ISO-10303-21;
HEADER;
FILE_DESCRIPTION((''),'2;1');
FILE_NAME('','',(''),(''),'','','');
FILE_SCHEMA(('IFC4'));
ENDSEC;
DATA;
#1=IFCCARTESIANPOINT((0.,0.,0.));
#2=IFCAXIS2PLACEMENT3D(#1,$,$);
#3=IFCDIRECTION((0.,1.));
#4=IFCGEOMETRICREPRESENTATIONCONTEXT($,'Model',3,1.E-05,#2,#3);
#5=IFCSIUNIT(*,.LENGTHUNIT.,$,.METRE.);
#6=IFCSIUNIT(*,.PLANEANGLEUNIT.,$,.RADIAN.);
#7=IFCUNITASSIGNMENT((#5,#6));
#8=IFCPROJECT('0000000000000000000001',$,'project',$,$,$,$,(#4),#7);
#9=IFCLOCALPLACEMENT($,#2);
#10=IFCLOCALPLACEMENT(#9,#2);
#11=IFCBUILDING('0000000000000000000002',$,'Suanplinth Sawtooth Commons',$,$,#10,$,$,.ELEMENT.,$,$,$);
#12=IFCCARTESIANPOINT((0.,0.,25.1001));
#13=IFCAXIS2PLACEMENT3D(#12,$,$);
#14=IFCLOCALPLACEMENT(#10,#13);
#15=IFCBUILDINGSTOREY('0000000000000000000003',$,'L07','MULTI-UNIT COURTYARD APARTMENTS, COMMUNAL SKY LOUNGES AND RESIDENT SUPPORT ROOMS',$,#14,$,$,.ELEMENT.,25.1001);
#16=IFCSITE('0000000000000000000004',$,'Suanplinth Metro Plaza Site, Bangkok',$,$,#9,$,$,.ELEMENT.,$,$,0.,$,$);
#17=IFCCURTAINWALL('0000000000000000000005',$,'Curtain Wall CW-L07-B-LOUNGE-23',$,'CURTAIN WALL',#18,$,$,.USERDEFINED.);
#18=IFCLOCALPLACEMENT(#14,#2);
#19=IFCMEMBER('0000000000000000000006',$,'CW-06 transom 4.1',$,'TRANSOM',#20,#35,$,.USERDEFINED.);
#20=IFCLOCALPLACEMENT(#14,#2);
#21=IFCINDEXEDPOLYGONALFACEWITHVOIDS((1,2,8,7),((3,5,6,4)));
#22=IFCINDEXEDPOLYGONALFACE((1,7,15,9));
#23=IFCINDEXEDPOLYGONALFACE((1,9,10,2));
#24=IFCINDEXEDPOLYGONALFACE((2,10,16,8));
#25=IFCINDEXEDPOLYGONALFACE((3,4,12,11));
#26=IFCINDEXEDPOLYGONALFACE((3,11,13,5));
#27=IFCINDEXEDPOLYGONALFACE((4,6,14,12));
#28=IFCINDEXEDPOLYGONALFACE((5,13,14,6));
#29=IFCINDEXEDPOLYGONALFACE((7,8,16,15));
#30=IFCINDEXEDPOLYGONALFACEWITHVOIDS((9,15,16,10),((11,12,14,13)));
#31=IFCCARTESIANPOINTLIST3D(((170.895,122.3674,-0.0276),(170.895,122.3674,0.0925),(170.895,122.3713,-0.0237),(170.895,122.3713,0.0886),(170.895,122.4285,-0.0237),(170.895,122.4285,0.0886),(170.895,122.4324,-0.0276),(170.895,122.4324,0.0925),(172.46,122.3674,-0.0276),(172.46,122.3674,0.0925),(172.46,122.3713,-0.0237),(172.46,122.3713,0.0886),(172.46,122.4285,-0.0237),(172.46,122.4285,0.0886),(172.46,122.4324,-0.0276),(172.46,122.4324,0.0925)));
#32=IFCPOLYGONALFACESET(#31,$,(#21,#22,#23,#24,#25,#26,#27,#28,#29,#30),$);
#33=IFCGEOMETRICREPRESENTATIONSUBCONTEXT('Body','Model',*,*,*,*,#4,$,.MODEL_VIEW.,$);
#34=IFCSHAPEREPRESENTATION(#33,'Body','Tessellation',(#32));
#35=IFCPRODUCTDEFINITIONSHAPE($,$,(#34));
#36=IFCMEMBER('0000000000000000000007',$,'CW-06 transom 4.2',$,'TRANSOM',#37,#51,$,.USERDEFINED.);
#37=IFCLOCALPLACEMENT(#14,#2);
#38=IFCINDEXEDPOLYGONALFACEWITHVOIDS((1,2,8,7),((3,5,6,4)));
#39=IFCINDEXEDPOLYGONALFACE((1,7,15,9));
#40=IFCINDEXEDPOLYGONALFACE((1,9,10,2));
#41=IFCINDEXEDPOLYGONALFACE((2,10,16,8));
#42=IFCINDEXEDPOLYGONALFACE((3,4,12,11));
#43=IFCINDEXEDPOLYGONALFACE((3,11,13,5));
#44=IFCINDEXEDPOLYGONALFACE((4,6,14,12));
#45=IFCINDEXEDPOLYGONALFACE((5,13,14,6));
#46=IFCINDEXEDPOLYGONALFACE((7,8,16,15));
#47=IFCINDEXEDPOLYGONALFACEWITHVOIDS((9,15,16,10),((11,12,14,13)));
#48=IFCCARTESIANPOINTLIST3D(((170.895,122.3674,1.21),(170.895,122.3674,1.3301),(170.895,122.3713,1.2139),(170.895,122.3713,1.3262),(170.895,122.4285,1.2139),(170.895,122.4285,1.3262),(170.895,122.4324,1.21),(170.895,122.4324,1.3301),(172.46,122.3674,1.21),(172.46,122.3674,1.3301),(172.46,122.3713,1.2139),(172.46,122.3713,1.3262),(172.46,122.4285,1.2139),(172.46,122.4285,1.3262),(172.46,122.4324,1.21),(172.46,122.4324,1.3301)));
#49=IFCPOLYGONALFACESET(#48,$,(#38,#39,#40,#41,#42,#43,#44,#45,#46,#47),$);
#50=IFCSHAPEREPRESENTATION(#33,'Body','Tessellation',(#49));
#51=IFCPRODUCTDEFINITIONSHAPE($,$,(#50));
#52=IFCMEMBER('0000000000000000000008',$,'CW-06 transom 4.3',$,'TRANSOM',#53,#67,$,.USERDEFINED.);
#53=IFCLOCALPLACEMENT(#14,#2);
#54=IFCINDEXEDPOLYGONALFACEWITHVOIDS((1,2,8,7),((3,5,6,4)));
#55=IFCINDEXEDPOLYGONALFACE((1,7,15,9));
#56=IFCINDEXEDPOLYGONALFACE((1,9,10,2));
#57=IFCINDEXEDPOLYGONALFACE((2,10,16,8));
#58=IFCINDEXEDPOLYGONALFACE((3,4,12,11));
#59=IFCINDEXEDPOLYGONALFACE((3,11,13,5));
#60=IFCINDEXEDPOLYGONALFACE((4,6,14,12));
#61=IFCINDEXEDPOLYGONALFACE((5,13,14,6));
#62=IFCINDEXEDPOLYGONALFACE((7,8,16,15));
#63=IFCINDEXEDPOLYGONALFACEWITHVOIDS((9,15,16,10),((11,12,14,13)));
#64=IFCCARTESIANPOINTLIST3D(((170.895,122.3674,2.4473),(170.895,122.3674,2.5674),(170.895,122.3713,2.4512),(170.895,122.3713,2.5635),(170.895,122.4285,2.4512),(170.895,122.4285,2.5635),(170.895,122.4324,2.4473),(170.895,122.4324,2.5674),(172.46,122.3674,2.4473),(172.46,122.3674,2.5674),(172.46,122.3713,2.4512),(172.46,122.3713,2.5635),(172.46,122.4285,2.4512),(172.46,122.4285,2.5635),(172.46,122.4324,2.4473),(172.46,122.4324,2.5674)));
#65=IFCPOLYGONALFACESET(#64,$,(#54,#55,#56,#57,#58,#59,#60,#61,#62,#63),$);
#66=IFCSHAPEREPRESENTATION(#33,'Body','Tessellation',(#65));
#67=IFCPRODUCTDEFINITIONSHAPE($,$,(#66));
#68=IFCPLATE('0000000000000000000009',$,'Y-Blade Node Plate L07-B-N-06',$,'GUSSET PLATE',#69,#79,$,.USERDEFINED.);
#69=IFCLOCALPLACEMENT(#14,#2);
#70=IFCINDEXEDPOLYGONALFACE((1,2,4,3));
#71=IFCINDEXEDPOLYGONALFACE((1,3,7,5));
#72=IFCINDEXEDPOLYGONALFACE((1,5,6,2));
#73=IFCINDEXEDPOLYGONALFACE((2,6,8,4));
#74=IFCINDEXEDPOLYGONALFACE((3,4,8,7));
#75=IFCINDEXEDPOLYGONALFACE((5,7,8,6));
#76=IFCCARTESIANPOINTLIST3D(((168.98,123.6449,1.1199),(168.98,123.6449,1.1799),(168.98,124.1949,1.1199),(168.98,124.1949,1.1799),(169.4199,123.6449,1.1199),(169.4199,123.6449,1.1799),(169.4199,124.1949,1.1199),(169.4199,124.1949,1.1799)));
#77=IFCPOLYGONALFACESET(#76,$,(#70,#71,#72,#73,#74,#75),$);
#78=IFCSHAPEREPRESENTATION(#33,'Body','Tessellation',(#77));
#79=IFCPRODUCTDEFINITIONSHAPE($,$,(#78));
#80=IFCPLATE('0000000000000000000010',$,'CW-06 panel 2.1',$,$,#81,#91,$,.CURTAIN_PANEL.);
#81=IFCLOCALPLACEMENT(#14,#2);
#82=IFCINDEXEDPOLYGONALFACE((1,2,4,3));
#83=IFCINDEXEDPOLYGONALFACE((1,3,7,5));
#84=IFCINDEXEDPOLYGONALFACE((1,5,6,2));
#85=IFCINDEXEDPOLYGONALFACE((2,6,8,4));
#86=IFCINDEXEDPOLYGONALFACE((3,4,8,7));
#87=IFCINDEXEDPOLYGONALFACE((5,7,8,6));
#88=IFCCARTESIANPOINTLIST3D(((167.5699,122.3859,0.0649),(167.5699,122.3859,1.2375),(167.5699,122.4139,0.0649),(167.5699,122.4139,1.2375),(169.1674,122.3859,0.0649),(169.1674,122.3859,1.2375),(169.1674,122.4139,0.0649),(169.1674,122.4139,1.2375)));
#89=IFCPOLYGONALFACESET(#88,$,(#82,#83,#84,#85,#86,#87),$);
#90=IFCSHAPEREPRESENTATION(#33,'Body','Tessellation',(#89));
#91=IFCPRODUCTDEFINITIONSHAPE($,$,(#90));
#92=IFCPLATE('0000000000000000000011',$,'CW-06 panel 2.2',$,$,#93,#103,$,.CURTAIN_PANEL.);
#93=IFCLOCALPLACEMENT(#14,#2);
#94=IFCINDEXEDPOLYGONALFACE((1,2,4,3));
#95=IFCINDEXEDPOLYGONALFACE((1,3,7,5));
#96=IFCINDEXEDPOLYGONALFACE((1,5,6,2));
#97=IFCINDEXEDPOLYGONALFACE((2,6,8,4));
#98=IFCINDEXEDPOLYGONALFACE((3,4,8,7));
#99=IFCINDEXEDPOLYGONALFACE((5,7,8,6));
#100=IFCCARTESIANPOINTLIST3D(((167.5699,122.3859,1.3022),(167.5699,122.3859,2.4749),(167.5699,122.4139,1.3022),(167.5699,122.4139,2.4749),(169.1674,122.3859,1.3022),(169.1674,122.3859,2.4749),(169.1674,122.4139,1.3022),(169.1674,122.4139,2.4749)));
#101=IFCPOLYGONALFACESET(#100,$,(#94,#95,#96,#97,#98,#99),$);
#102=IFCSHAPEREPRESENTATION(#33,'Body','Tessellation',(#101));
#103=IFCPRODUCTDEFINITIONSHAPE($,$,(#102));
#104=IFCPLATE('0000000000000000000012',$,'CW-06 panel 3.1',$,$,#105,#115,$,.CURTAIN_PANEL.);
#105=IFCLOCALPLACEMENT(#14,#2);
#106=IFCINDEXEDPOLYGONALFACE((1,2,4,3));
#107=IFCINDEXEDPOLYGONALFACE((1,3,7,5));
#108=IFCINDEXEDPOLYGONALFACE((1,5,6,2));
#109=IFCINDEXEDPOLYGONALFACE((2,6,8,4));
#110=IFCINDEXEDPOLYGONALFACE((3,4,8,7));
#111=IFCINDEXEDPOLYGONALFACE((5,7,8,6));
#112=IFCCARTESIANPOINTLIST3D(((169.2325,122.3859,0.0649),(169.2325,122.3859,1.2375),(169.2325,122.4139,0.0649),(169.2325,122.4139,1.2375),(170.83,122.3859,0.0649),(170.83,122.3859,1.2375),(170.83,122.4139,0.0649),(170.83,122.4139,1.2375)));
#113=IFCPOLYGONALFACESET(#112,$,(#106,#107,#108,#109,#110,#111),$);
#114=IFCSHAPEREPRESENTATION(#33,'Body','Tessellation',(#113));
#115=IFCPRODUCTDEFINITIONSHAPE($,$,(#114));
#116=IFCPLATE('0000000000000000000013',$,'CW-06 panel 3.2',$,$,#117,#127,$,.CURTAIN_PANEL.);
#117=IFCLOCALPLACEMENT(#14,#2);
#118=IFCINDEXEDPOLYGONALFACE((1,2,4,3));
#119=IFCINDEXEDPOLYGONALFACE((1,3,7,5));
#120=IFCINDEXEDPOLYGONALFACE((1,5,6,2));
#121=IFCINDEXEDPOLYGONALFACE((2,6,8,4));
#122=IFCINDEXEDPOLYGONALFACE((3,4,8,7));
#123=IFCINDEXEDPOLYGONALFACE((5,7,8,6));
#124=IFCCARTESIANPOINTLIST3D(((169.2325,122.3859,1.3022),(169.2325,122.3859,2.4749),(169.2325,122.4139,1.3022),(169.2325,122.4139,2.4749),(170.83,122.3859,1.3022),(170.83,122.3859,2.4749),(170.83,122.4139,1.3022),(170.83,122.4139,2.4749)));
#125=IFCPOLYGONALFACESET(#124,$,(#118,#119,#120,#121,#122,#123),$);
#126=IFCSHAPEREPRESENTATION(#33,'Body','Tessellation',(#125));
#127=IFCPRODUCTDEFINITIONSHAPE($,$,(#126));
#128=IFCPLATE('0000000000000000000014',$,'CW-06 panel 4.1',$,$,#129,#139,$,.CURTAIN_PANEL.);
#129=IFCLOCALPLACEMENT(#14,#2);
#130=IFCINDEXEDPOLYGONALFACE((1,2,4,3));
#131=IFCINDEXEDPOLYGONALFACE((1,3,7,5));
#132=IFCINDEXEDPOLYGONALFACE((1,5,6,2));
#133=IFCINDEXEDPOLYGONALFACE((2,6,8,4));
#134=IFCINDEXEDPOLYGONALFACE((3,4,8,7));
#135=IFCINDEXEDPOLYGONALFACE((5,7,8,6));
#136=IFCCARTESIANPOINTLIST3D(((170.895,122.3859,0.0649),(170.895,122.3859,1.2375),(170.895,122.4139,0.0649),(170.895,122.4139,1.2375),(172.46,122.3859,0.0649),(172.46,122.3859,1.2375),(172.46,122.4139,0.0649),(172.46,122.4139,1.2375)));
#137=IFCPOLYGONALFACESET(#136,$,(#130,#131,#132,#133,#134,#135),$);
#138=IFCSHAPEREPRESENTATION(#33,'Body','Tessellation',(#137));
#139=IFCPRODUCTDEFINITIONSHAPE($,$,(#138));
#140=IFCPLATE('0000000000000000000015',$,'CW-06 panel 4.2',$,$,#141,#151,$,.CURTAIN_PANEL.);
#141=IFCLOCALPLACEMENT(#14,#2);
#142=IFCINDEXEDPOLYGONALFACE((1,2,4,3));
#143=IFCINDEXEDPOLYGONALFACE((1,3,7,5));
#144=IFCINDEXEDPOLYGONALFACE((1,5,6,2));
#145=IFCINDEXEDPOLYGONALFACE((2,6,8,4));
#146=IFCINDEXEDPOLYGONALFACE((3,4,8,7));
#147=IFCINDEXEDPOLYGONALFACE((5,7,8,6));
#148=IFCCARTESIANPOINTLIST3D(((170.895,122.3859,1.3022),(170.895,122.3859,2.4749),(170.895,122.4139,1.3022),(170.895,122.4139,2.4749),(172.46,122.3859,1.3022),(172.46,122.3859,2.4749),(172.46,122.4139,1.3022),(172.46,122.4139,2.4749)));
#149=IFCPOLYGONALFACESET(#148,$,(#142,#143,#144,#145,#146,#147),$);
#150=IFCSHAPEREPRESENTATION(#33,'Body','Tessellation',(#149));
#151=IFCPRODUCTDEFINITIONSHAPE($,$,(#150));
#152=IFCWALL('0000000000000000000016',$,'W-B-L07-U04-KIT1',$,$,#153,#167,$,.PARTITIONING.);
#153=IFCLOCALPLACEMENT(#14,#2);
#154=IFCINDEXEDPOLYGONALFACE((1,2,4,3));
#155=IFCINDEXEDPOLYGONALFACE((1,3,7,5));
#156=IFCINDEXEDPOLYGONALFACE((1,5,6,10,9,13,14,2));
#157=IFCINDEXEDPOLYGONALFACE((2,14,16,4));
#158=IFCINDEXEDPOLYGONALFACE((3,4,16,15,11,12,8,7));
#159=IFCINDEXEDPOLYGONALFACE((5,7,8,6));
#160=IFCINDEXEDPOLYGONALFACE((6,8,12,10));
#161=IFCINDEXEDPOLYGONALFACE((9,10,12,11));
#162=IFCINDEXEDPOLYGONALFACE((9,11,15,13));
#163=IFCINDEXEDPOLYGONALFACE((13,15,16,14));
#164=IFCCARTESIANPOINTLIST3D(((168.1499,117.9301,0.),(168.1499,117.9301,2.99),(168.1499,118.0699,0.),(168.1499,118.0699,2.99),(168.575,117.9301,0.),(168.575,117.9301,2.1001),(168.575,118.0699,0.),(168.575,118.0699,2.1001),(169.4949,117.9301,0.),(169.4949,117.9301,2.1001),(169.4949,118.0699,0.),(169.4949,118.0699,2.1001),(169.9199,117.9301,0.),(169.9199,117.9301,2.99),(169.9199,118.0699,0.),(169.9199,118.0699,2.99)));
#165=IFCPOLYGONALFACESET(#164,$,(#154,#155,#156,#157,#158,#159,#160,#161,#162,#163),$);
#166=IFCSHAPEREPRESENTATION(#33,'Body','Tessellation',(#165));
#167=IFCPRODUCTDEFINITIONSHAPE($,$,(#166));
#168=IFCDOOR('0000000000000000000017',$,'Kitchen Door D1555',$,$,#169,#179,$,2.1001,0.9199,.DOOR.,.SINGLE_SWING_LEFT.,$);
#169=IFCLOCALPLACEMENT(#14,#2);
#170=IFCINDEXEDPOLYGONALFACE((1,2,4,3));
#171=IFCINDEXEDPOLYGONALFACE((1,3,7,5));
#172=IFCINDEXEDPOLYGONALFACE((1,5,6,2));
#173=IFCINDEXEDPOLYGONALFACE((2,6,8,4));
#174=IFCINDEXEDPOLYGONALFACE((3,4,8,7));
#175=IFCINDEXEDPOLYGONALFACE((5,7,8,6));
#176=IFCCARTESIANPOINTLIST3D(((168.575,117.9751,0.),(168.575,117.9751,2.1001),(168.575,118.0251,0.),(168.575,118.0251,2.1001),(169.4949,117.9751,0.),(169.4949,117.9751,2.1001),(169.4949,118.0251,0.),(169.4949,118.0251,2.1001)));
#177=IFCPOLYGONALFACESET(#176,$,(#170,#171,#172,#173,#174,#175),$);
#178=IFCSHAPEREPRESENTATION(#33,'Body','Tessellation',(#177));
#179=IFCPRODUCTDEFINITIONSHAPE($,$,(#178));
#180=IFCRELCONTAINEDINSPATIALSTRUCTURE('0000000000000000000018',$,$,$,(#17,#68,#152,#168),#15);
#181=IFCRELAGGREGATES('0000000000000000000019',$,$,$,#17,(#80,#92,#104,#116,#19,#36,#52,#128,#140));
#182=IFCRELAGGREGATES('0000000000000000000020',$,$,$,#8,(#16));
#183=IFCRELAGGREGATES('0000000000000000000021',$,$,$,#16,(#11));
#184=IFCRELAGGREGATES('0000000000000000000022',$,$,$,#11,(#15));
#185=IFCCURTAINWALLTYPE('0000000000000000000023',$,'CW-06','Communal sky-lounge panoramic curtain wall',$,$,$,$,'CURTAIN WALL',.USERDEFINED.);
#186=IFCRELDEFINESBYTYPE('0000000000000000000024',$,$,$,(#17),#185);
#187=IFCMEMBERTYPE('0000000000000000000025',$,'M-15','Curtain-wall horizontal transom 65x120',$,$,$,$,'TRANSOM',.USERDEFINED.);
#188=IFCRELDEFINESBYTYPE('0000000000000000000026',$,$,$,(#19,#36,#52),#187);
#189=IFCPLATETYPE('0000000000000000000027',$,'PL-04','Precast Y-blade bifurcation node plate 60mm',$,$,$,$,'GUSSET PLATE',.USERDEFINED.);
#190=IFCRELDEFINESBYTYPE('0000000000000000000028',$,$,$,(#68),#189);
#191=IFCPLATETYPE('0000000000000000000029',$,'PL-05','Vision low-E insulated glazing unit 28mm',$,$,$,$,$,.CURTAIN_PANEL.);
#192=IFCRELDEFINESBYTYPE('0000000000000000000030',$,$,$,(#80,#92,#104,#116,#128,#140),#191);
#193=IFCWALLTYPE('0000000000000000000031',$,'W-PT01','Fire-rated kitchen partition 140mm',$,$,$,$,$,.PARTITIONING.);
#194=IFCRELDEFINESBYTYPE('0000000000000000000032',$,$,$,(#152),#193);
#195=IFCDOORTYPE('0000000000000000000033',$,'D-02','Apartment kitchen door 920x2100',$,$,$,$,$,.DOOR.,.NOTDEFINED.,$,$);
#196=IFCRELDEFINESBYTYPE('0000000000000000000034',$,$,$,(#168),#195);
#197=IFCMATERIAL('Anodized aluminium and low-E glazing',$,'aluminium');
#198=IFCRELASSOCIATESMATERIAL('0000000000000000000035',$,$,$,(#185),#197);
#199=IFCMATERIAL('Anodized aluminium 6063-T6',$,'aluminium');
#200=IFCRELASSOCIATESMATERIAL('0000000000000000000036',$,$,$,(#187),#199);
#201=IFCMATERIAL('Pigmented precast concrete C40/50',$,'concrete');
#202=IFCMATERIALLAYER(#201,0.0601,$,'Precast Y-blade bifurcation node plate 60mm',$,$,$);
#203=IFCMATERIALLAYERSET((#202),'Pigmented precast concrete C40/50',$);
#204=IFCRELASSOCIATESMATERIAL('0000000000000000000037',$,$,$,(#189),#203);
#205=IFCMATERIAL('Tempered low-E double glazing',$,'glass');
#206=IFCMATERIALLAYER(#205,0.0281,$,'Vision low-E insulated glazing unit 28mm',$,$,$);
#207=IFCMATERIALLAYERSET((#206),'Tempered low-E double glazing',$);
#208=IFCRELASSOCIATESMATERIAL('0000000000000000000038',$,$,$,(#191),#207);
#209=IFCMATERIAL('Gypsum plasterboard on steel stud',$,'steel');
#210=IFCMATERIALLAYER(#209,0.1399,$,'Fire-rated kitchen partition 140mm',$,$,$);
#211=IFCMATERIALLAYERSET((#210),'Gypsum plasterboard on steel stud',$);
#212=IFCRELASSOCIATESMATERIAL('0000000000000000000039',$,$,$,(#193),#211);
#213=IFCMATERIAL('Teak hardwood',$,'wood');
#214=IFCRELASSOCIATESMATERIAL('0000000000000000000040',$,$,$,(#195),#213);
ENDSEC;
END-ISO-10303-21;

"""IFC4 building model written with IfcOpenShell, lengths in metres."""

from ifc_helpers import new_model, si_unit, direction, frame, frame_2d, origin, origin_2d, place, context, subcontext, project, spatial, rectangle, hollow_rectangle, extrude, material, layer, layer_set, material_profile, profile_set, type_object, element, fill, aggregate, save


model = new_model("IFC4")

# Units and contexts
model_context = context("Model", 3, precision=1e-05, world=origin(), true_north=direction((0.0, 1.0)))
body_context = subcontext(model_context, "Body", "Model", "MODEL_VIEW")
ifc_project = project(units=[si_unit("LENGTHUNIT", "METRE"), si_unit("PLANEANGLEUNIT", "RADIAN")], contexts=[model_context])

# Site, building, storey
site_placement = place(None, origin())
site = spatial("IfcSite", under=ifc_project, at=site_placement, Name="Suanplinth Metro Plaza Site, Bangkok", CompositionType="ELEMENT", RefElevation=0.0)
building_placement = place(site_placement, origin())
building = spatial("IfcBuilding", under=site, at=building_placement, Name="Suanplinth Sawtooth Commons", CompositionType="ELEMENT")
storey_placement = place(building_placement, frame((0.0, 0.0, 25.1001)))
storey = spatial("IfcBuildingStorey", under=building, at=storey_placement, Name="L07", Description="MULTI-UNIT COURTYARD APARTMENTS, COMMUNAL SKY LOUNGES AND RESIDENT SUPPORT ROOMS", CompositionType="ELEMENT", Elevation=25.1001)

# Shared definitions
ifc_material_1 = material(Name="Pigmented precast concrete C40/50", Category="concrete")

# Curtain wall, members
ifc_material_2 = material(Name="Anodized aluminium and low-E glazing", Category="aluminium")
curtain_wall_type = type_object("IfcCurtainWallType", Name="CW-06", Description="Communal sky-lounge panoramic curtain wall", ElementType="CURTAIN WALL", PredefinedType="USERDEFINED", material=ifc_material_2)
curtain_wall_placement = place(storey_placement, origin())
curtain_wall = element("IfcCurtainWall", 1, at=curtain_wall_placement, inside=storey, type_object=curtain_wall_type, Name="Curtain Wall CW-L07-B-LOUNGE-23", ObjectType="CURTAIN WALL", PredefinedType="USERDEFINED")
ifc_material_3 = material(Name="Anodized aluminium 6063-T6", Category="aluminium")
ifc_material_profile_1 = material_profile(ifc_material_3, hollow_rectangle(XDim=0.0649, YDim=0.1201, WallThickness=0.0039, at=origin_2d()), Name="ALU-TRN 65x120")
ifc_profile_set_1 = profile_set([ifc_material_profile_1], Name="Anodized aluminium 6063-T6")
member_type_1 = type_object("IfcMemberType", Name="M-15", Description="Curtain-wall horizontal transom 65x120", ElementType="TRANSOM", PredefinedType="USERDEFINED", material=ifc_profile_set_1)
member_1_placement = place(storey_placement, frame((170.895, 122.3999, 0.0325), z_axis=(1.0, 0.0, 0.0), x_axis=(0.0, 1.0, 0.0)))
member_1 = element("IfcMember", 2, at=member_1_placement, type_object=member_type_1, Name="CW-06 transom 4.1", ObjectType="TRANSOM", PredefinedType="USERDEFINED", context=body_context, shape_type="SweptSolid", body=[
    extrude(hollow_rectangle(XDim=0.0649, YDim=0.1201, WallThickness=0.0039, at=origin_2d()), origin(), (0.0, 0.0, 1.0), 1.5649),
])
member_2_placement = place(storey_placement, frame((170.895, 122.3999, 1.27), z_axis=(1.0, 0.0, 0.0), x_axis=(0.0, 1.0, 0.0)))
member_2 = element("IfcMember", 3, at=member_2_placement, type_object=member_type_1, Name="CW-06 transom 4.2", ObjectType="TRANSOM", PredefinedType="USERDEFINED", context=body_context, shape_type="SweptSolid", body=[
    extrude(hollow_rectangle(XDim=0.0649, YDim=0.1201, WallThickness=0.0039, at=origin_2d()), origin(), (0.0, 0.0, 1.0), 1.5649),
])
member_3_placement = place(storey_placement, frame((170.895, 122.3999, 2.5073), z_axis=(1.0, 0.0, 0.0), x_axis=(0.0, 1.0, 0.0)))
member_3 = element("IfcMember", 4, at=member_3_placement, type_object=member_type_1, Name="CW-06 transom 4.3", ObjectType="TRANSOM", PredefinedType="USERDEFINED", context=body_context, shape_type="SweptSolid", body=[
    extrude(hollow_rectangle(XDim=0.0649, YDim=0.1201, WallThickness=0.0039, at=origin_2d()), origin(), (0.0, 0.0, 1.0), 1.5649),
])

# Plates
ifc_layer_1 = layer(ifc_material_1, 0.0601, Name="Precast Y-blade bifurcation node plate 60mm")
ifc_layer_set_1 = layer_set([ifc_layer_1], Name="Pigmented precast concrete C40/50")
plate_type_1 = type_object("IfcPlateType", Name="PL-04", Description="Precast Y-blade bifurcation node plate 60mm", ElementType="GUSSET PLATE", PredefinedType="USERDEFINED", material=ifc_layer_set_1)
plate_1_placement = place(storey_placement, frame((169.2, 123.9199, 1.1199), z_axis=(0.0, 0.0, 1.0), x_axis=(1.0, 0.0, 0.0)))
element("IfcPlate", 5, at=plate_1_placement, inside=storey, type_object=plate_type_1, Name="Y-Blade Node Plate L07-B-N-06", ObjectType="GUSSET PLATE", PredefinedType="USERDEFINED", context=body_context, shape_type="SweptSolid", body=[
    extrude(rectangle(XDim=0.4399, YDim=0.55, at=origin_2d()), origin(), (0.0, 0.0, 1.0), 0.0601),
])
ifc_material_4 = material(Name="Tempered low-E double glazing", Category="glass")
ifc_layer_2 = layer(ifc_material_4, 0.0281, Name="Vision low-E insulated glazing unit 28mm")
ifc_layer_set_2 = layer_set([ifc_layer_2], Name="Tempered low-E double glazing")
plate_type_2 = type_object("IfcPlateType", Name="PL-05", Description="Vision low-E insulated glazing unit 28mm", PredefinedType="CURTAIN_PANEL", material=ifc_layer_set_2)
plate_2_placement = place(storey_placement, frame((168.3687, 122.3999, 0.0649), z_axis=(0.0, 0.0, 1.0), x_axis=(1.0, 0.0, 0.0)))
plate_2 = element("IfcPlate", 6, at=plate_2_placement, type_object=plate_type_2, Name="CW-06 panel 2.1", PredefinedType="CURTAIN_PANEL", context=body_context, shape_type="SweptSolid", body=[
    extrude(rectangle(XDim=1.5974, YDim=0.0281, at=origin_2d()), origin(), (0.0, 0.0, 1.0), 1.1726),
])
plate_3_placement = place(storey_placement, frame((168.3687, 122.3999, 1.3022), z_axis=(0.0, 0.0, 1.0), x_axis=(1.0, 0.0, 0.0)))
plate_3 = element("IfcPlate", 7, at=plate_3_placement, type_object=plate_type_2, Name="CW-06 panel 2.2", PredefinedType="CURTAIN_PANEL", context=body_context, shape_type="SweptSolid", body=[
    extrude(rectangle(XDim=1.5974, YDim=0.0281, at=origin_2d()), origin(), (0.0, 0.0, 1.0), 1.1726),
])
plate_4_placement = place(storey_placement, frame((170.0312, 122.3999, 0.0649), z_axis=(0.0, 0.0, 1.0), x_axis=(1.0, 0.0, 0.0)))
plate_4 = element("IfcPlate", 8, at=plate_4_placement, type_object=plate_type_2, Name="CW-06 panel 3.1", PredefinedType="CURTAIN_PANEL", context=body_context, shape_type="SweptSolid", body=[
    extrude(rectangle(XDim=1.5974, YDim=0.0281, at=origin_2d()), origin(), (0.0, 0.0, 1.0), 1.1726),
])
plate_5_placement = place(storey_placement, frame((170.0312, 122.3999, 1.3022), z_axis=(0.0, 0.0, 1.0), x_axis=(1.0, 0.0, 0.0)))
plate_5 = element("IfcPlate", 9, at=plate_5_placement, type_object=plate_type_2, Name="CW-06 panel 3.2", PredefinedType="CURTAIN_PANEL", context=body_context, shape_type="SweptSolid", body=[
    extrude(rectangle(XDim=1.5974, YDim=0.0281, at=origin_2d()), origin(), (0.0, 0.0, 1.0), 1.1726),
])
plate_6_placement = place(storey_placement, frame((171.6775, 122.3999, 0.0649), z_axis=(0.0, 0.0, 1.0), x_axis=(1.0, 0.0, 0.0)))
plate_6 = element("IfcPlate", 10, at=plate_6_placement, type_object=plate_type_2, Name="CW-06 panel 4.1", PredefinedType="CURTAIN_PANEL", context=body_context, shape_type="SweptSolid", body=[
    extrude(rectangle(XDim=1.5649, YDim=0.0281, at=origin_2d()), origin(), (0.0, 0.0, 1.0), 1.1726),
])
plate_7_placement = place(storey_placement, frame((171.6775, 122.3999, 1.3022), z_axis=(0.0, 0.0, 1.0), x_axis=(1.0, 0.0, 0.0)))
plate_7 = element("IfcPlate", 11, at=plate_7_placement, type_object=plate_type_2, Name="CW-06 panel 4.2", PredefinedType="CURTAIN_PANEL", context=body_context, shape_type="SweptSolid", body=[
    extrude(rectangle(XDim=1.5649, YDim=0.0281, at=origin_2d()), origin(), (0.0, 0.0, 1.0), 1.1726),
])
aggregate(curtain_wall, [plate_2, plate_3, plate_4, plate_5, member_1, member_2, member_3, plate_6, plate_7])

# Wall, opening, door
ifc_material_5 = material(Name="Gypsum plasterboard on steel stud", Category="steel")
ifc_layer_3 = layer(ifc_material_5, 0.1399, Name="Fire-rated kitchen partition 140mm")
ifc_layer_set_3 = layer_set([ifc_layer_3], Name="Gypsum plasterboard on steel stud")
wall_type_1 = type_object("IfcWallType", Name="W-PT01", Description="Fire-rated kitchen partition 140mm", PredefinedType="PARTITIONING", material=ifc_layer_set_3)
wall_1_placement = place(storey_placement, frame((168.1499, 118.0, 0.0), z_axis=(0.0, 0.0, 1.0), x_axis=(1.0, 0.0, 0.0)))
wall_1 = element("IfcWall", 12, at=wall_1_placement, inside=storey, type_object=wall_type_1, Name="W-B-L07-U04-KIT1", PredefinedType="PARTITIONING", context=body_context, shape_type="SweptSolid", body=[
    extrude(rectangle(XDim=1.77, YDim=0.1399, at=frame_2d((0.885, 0.0))), origin(), (0.0, 0.0, 1.0), 2.99),
])
opening_1_placement = place(wall_1_placement, frame((0.425, 0.0, 0.0)))
opening_1 = element("IfcOpeningElement", 13, at=opening_1_placement, cuts=wall_1, PredefinedType="OPENING", context=body_context, shape_type="SweptSolid", body=[
    extrude(rectangle(XDim=0.9199, YDim=2.1001, at=frame_2d((0.46, 1.05))), frame((0.0, 0.085, 0.0), z_axis=(0.0, -1.0, 0.0), x_axis=(1.0, 0.0, 0.0)), (0.0, 0.0, 1.0), 0.1697),
])
ifc_material_6 = material(Name="Teak hardwood", Category="wood")
door_type_1 = type_object("IfcDoorType", Name="D-02", Description="Apartment kitchen door 920x2100", OperationType="NOTDEFINED", PredefinedType="DOOR", material=ifc_material_6)
door_1_placement = place(opening_1_placement, frame((0.9199, 0.0, 0.0), z_axis=(0.0, 0.0, 1.0), x_axis=(-1.0, 0.0, 0.0)))
door_1 = element("IfcDoor", 14, at=door_1_placement, inside=storey, type_object=door_type_1, Name="Kitchen Door D1555", OperationType="SINGLE_SWING_LEFT", OverallHeight=2.1001, OverallWidth=0.9199, PredefinedType="DOOR", context=body_context, shape_type="SweptSolid", body=[
    extrude(rectangle(XDim=0.9199, YDim=2.1001, at=frame_2d((0.46, 1.05))), frame((0.0, 0.0249, 0.0), z_axis=(0.0, -1.0, 0.0), x_axis=(1.0, 0.0, 0.0)), (0.0, 0.0, 1.0), 0.05),
])
fill(opening_1, door_1)

save(model, "model.ifc")
